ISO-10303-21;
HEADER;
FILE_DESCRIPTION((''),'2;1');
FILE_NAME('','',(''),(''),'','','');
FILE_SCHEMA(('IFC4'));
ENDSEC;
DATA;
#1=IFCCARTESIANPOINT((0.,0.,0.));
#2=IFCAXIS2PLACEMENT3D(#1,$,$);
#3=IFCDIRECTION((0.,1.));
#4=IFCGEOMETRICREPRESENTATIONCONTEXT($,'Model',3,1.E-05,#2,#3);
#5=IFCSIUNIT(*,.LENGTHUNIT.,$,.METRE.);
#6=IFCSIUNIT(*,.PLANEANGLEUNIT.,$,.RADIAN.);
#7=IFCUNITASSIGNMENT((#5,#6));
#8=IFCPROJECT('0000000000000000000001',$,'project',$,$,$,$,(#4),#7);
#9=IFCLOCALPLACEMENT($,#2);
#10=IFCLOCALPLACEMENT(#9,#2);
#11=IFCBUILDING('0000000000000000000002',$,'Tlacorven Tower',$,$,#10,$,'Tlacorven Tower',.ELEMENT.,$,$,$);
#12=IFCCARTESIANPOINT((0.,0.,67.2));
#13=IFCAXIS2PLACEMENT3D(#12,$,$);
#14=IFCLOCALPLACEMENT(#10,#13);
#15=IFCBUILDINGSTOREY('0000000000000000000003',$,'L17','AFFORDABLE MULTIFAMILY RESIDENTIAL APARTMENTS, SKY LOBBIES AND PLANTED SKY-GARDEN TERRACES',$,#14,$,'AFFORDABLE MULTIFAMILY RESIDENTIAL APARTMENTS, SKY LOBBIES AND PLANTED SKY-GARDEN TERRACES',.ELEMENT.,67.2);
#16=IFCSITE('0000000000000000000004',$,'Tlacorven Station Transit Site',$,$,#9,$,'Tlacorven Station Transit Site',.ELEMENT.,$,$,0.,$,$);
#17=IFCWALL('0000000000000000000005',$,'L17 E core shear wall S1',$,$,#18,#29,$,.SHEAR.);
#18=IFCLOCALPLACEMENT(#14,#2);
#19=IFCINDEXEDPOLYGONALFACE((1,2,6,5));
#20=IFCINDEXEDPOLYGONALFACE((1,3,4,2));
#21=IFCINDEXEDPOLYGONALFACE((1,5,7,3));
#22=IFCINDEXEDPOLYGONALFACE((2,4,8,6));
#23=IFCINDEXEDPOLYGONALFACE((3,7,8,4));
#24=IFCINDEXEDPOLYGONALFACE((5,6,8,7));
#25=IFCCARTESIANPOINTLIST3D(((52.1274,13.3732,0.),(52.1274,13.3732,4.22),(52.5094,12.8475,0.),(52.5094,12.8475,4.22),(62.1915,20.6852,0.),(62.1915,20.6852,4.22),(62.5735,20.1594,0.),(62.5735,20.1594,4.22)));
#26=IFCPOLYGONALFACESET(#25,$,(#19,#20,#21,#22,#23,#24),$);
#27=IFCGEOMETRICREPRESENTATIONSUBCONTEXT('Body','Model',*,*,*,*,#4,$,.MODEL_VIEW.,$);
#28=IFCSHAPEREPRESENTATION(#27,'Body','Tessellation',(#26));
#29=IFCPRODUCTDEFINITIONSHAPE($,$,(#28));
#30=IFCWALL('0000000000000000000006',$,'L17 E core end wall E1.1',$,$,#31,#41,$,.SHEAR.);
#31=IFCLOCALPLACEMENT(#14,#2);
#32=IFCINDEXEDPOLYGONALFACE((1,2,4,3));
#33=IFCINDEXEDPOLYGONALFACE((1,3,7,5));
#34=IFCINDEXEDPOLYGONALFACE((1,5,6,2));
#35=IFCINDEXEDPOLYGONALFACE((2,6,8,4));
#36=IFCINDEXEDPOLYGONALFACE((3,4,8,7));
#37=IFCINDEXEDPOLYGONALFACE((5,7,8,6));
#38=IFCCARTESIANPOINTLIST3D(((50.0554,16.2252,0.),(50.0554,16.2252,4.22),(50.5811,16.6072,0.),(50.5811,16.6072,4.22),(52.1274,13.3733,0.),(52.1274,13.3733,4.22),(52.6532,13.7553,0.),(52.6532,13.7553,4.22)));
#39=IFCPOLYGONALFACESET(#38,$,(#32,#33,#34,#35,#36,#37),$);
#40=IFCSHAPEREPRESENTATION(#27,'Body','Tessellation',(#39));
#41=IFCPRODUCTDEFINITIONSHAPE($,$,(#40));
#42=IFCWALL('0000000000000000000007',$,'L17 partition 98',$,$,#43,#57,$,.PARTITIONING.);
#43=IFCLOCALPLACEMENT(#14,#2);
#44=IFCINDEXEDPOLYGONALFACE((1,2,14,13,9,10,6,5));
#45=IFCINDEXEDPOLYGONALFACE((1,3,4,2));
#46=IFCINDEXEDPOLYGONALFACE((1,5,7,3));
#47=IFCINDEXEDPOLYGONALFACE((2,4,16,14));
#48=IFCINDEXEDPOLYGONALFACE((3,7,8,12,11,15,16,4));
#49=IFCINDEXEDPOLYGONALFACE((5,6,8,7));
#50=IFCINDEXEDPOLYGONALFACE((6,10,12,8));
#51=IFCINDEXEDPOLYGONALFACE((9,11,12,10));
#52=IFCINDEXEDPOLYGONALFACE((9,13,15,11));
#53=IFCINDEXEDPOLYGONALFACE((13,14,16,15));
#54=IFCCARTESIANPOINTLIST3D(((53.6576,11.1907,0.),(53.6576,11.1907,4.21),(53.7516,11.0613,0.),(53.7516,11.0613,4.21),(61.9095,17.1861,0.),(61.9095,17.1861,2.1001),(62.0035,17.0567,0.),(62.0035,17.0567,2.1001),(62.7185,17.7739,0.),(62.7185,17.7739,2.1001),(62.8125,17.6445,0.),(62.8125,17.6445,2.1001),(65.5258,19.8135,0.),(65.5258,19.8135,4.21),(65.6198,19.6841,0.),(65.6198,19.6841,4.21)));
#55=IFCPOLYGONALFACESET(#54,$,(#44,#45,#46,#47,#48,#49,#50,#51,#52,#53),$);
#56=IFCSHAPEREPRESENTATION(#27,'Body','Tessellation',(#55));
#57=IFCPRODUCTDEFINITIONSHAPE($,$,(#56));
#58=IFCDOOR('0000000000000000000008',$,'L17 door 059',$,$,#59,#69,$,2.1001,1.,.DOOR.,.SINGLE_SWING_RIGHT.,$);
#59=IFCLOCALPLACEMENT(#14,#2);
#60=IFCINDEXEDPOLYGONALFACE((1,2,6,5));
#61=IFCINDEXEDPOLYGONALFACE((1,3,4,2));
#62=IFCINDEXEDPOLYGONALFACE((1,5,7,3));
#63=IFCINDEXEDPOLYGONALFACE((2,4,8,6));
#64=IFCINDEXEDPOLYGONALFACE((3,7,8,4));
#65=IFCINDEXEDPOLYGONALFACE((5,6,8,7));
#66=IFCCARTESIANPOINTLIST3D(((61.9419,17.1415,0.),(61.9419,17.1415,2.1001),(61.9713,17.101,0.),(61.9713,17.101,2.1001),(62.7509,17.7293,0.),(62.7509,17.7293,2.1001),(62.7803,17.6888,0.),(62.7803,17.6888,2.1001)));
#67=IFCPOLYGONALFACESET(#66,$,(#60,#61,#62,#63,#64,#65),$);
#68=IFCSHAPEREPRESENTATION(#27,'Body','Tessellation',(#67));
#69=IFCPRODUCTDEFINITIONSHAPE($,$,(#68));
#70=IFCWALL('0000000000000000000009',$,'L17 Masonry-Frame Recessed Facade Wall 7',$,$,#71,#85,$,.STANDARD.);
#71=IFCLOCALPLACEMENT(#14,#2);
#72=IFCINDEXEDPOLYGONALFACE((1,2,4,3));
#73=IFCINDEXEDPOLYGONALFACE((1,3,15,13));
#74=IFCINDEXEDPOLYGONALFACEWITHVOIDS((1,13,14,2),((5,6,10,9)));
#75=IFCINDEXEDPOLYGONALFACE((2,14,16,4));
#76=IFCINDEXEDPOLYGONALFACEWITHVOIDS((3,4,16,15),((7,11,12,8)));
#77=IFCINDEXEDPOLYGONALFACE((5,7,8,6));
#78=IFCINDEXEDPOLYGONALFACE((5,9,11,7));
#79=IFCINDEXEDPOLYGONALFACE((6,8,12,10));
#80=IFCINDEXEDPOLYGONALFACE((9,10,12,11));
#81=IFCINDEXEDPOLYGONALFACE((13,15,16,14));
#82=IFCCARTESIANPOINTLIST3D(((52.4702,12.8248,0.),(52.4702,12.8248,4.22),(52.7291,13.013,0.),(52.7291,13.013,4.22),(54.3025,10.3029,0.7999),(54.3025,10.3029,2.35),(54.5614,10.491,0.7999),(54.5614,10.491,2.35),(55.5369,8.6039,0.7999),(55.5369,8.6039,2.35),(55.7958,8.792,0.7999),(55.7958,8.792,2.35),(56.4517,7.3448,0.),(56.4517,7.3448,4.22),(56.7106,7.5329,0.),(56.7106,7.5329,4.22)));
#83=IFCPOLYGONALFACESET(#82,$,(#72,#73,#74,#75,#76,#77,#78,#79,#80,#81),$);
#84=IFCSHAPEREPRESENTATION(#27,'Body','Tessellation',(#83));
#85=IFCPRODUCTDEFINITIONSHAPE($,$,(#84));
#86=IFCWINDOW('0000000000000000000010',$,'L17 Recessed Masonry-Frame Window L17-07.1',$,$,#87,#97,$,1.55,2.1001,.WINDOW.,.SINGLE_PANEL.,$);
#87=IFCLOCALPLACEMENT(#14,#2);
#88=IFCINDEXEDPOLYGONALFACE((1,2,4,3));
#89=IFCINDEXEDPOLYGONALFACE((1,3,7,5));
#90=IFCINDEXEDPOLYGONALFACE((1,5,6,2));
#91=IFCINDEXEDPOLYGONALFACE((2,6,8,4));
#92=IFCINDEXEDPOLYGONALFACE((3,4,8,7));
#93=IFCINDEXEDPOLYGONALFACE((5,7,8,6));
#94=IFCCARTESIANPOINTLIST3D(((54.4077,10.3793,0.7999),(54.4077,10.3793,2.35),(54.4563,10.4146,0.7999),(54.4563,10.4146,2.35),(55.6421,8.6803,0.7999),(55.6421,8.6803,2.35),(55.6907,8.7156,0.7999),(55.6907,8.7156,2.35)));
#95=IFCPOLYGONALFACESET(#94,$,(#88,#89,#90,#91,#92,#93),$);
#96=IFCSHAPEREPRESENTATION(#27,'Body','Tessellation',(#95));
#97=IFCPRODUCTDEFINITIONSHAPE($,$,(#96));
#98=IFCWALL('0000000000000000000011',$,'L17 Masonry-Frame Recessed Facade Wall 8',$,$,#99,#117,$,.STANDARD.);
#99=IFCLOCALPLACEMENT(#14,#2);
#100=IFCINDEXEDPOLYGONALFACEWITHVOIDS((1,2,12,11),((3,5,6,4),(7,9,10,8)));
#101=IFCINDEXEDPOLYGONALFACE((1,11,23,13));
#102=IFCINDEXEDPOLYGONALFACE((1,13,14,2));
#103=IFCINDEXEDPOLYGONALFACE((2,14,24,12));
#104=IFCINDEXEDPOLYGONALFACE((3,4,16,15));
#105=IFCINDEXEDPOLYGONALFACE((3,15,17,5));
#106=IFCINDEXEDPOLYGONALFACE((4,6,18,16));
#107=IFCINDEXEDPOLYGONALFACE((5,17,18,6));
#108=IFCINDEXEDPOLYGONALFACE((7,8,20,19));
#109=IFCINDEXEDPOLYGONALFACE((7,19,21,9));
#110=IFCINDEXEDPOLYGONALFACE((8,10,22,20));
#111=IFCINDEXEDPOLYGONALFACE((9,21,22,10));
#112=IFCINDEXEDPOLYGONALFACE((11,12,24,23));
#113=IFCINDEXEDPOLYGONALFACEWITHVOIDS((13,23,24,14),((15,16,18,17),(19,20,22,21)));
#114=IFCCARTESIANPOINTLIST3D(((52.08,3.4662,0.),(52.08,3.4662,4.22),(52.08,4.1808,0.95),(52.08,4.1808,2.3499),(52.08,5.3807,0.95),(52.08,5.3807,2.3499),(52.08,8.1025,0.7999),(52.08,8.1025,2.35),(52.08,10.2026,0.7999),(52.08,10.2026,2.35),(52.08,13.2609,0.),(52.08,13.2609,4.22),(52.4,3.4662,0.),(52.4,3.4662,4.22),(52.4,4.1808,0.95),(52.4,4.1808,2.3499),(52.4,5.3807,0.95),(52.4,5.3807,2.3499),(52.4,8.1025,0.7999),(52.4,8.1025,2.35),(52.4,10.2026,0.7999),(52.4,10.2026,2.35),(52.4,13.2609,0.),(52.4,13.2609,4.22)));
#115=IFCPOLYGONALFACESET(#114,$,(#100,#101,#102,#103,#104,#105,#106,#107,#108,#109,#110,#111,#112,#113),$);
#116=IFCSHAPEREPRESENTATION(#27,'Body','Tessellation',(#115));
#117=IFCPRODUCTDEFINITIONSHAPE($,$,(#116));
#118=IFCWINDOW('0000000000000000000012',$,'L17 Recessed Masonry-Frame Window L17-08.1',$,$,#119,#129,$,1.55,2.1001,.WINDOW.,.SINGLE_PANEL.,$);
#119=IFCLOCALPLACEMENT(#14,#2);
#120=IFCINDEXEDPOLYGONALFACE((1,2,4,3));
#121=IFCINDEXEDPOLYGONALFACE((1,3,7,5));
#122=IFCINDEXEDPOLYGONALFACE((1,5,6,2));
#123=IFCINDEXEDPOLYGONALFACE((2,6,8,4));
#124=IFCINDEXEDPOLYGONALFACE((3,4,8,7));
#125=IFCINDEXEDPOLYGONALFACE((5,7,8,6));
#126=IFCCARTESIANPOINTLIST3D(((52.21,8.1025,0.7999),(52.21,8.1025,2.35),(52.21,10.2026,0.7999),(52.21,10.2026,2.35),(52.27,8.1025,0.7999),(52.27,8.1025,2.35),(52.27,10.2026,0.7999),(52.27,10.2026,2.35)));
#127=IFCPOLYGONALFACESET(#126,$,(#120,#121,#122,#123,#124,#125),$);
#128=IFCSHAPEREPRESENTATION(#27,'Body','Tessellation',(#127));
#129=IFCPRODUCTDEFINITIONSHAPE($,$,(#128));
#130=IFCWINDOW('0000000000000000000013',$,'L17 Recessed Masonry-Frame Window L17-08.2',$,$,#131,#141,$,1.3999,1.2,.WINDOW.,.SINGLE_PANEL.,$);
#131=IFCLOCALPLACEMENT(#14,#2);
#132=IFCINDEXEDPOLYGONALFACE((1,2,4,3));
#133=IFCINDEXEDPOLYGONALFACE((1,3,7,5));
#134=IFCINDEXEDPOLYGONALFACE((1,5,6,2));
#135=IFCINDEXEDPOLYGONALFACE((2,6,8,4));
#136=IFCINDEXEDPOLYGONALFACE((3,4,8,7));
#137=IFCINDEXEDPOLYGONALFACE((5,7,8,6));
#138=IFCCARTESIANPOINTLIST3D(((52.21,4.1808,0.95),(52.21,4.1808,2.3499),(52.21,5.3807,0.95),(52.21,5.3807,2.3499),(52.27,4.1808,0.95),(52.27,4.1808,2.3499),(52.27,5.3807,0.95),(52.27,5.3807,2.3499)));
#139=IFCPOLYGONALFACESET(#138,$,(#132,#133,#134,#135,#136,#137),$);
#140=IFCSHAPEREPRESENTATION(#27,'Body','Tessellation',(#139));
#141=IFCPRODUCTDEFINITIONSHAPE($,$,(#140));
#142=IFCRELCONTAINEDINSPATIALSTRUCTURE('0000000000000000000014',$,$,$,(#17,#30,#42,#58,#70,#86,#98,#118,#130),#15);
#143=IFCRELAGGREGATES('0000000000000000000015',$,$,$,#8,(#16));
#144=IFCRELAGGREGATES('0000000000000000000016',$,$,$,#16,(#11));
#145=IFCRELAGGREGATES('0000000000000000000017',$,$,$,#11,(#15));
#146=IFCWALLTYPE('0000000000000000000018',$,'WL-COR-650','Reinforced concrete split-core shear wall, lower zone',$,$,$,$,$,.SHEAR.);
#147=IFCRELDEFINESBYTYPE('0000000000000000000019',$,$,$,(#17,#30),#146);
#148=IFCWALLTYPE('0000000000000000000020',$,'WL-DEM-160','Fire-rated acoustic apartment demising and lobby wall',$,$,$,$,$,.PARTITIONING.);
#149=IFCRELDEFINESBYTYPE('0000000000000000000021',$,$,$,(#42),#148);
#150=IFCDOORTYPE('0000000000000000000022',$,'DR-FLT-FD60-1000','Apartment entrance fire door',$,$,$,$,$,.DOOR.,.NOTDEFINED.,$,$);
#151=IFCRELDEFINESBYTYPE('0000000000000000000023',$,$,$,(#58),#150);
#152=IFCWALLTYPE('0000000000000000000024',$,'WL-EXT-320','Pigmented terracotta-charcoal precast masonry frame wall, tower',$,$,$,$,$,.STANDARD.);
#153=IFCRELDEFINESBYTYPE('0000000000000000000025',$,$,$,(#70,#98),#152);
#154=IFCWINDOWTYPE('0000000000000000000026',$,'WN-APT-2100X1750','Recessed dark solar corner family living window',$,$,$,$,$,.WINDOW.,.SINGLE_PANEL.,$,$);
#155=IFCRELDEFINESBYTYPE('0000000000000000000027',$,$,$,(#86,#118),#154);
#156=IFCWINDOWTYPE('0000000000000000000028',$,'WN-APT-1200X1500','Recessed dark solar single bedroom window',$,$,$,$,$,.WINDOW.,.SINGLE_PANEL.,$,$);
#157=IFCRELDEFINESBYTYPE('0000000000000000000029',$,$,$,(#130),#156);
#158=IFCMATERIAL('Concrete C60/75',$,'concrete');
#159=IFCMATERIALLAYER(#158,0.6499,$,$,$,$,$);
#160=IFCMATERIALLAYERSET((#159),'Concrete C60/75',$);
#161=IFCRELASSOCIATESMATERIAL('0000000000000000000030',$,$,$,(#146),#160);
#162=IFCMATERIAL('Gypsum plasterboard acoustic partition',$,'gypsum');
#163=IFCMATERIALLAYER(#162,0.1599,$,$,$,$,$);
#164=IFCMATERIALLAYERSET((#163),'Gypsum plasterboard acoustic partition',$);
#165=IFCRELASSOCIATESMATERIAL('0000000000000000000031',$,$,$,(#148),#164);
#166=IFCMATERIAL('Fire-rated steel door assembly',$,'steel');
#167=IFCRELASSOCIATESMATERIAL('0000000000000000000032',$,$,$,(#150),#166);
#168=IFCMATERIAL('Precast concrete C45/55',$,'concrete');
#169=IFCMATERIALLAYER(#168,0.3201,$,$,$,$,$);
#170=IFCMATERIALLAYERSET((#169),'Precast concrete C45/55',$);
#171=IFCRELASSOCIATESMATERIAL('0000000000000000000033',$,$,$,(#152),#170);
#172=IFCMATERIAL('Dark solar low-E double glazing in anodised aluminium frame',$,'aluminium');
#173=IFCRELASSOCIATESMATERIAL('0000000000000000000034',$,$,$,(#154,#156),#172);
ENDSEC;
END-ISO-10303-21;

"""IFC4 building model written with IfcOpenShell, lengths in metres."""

from ifc_helpers import new_model, si_unit, direction, frame, frame_2d, origin, place, context, subcontext, project, spatial, rectangle, extrude, source, transform, mapped, material, layer, layer_set, type_object, element, fill, save


model = new_model("IFC4")

# Units and contexts
model_context = context("Model", 3, precision=1e-05, world=origin(), true_north=direction((0.0, 1.0)))
body_context = subcontext(model_context, "Body", "Model", "MODEL_VIEW")
ifc_project = project(units=[si_unit("LENGTHUNIT", "METRE"), si_unit("PLANEANGLEUNIT", "RADIAN")], contexts=[model_context])

# Site, building, storey
site_placement = place(None, origin())
site = spatial("IfcSite", under=ifc_project, at=site_placement, Name="Tlacorven Station Transit Site", LongName="Tlacorven Station Transit Site", CompositionType="ELEMENT", RefElevation=0.0)
building_placement = place(site_placement, origin())
building = spatial("IfcBuilding", under=site, at=building_placement, Name="Tlacorven Tower", LongName="Tlacorven Tower", CompositionType="ELEMENT")
storey_placement = place(building_placement, frame((0.0, 0.0, 67.2)))
storey = spatial("IfcBuildingStorey", under=building, at=storey_placement, Name="L17", Description="AFFORDABLE MULTIFAMILY RESIDENTIAL APARTMENTS, SKY LOBBIES AND PLANTED SKY-GARDEN TERRACES", LongName="AFFORDABLE MULTIFAMILY RESIDENTIAL APARTMENTS, SKY LOBBIES AND PLANTED SKY-GARDEN TERRACES", CompositionType="ELEMENT", Elevation=67.2)

# Walls
ifc_material_1 = material(Name="Concrete C60/75", Category="concrete")
ifc_layer_1 = layer(ifc_material_1, 0.6499)
ifc_layer_set_1 = layer_set([ifc_layer_1], Name="Concrete C60/75")
wall_type_1 = type_object("IfcWallType", Name="WL-COR-650", Description="Reinforced concrete split-core shear wall, lower zone", PredefinedType="SHEAR", material=ifc_layer_set_1)
wall_1_placement = place(storey_placement, frame((52.3184, 13.1104, 0.0), z_axis=(0.0, 0.0, 1.0), x_axis=(0.809019, 0.587782, 0.0)))
element("IfcWall", 1, at=wall_1_placement, inside=storey, type_object=wall_type_1, Name="L17 E core shear wall S1", PredefinedType="SHEAR", context=body_context, shape_type="SweptSolid", body=[
    extrude(rectangle(XDim=12.4399, YDim=0.6499, at=frame_2d((6.22, 0.0))), origin(), (0.0, 0.0, 1.0), 4.22),
])
wall_2_placement = place(storey_placement, frame((52.3904, 13.5642, 0.0), z_axis=(0.0, 0.0, 1.0), x_axis=(-0.587797, 0.809009, 0.0)))
element("IfcWall", 2, at=wall_2_placement, inside=storey, type_object=wall_type_1, Name="L17 E core end wall E1.1", PredefinedType="SHEAR", context=body_context, shape_type="SweptSolid", body=[
    extrude(rectangle(XDim=3.5251, YDim=0.6499, at=frame_2d((1.7627, 0.0))), origin(), (0.0, 0.0, 1.0), 4.22),
])

# Wall, opening, door
ifc_material_2 = material(Name="Gypsum plasterboard acoustic partition", Category="gypsum")
ifc_layer_2 = layer(ifc_material_2, 0.1599)
ifc_layer_set_2 = layer_set([ifc_layer_2], Name="Gypsum plasterboard acoustic partition")
wall_type_2 = type_object("IfcWallType", Name="WL-DEM-160", Description="Fire-rated acoustic apartment demising and lobby wall", PredefinedType="PARTITIONING", material=ifc_layer_set_2)
wall_3_placement = place(storey_placement, frame((53.7046, 11.126, 0.0), z_axis=(0.0, 0.0, 1.0), x_axis=(0.809015, 0.587789, 0.0)))
wall_3 = element("IfcWall", 3, at=wall_3_placement, inside=storey, type_object=wall_type_2, Name="L17 partition 98", PredefinedType="PARTITIONING", context=body_context, shape_type="SweptSolid", body=[
    extrude(rectangle(XDim=14.6699, YDim=0.1599, at=frame_2d((7.335, 0.0))), origin(), (0.0, 0.0, 1.0), 4.21),
])
opening_1_placement = place(wall_3_placement, frame((10.2, 0.0, 0.0)))
opening_1 = element("IfcOpeningElement", 4, at=opening_1_placement, cuts=wall_3, PredefinedType="OPENING", context=body_context, shape_type="SweptSolid", body=[
    extrude(rectangle(XDim=1.0, YDim=2.1001, at=frame_2d((0.5, 1.05))), frame((0.0, 0.0898, 0.0), z_axis=(0.0, -1.0, 0.0), x_axis=(1.0, 0.0, 0.0)), (0.0, 0.0, 1.0), 0.1799),
])
ifc_material_3 = material(Name="Fire-rated steel door assembly", Category="steel")
door_type_1 = type_object("IfcDoorType", Name="DR-FLT-FD60-1000", Description="Apartment entrance fire door", OperationType="NOTDEFINED", PredefinedType="DOOR", material=ifc_material_3)
shared_shape_1 = source(origin(), body_context, "Body", "SweptSolid", [
    extrude(rectangle(XDim=1.0, YDim=2.1001, at=frame_2d((0.5, 1.05))), frame((0.0, 0.0249, 0.0), z_axis=(0.0, -1.0, 0.0), x_axis=(1.0, 0.0, 0.0)), (0.0, 0.0, 1.0), 0.05),
])
door_1_placement = place(opening_1_placement, origin())
door_1 = element("IfcDoor", 5, at=door_1_placement, inside=storey, type_object=door_type_1, Name="L17 door 059", OperationType="SINGLE_SWING_RIGHT", OverallHeight=2.1001, OverallWidth=1.0, PredefinedType="DOOR", context=body_context, shape_type="MappedRepresentation", body=[
    mapped(shared_shape_1, transform((0.0, 0.0, 0.0), scale=1.0)),
])
fill(opening_1, door_1)

# Wall, opening, window
ifc_material_4 = material(Name="Precast concrete C45/55", Category="concrete")
ifc_layer_3 = layer(ifc_material_4, 0.3201)
ifc_layer_set_3 = layer_set([ifc_layer_3], Name="Precast concrete C45/55")
wall_type_3 = type_object("IfcWallType", Name="WL-EXT-320", Description="Pigmented terracotta-charcoal precast masonry frame wall, tower", PredefinedType="STANDARD", material=ifc_layer_set_3)
wall_4_placement = place(storey_placement, frame((56.5811, 7.439, 0.0), z_axis=(0.0, 0.0, 1.0), x_axis=(-0.587786, 0.809017, 0.0)))
wall_4 = element("IfcWall", 6, at=wall_4_placement, inside=storey, type_object=wall_type_3, Name="L17 Masonry-Frame Recessed Facade Wall 7", PredefinedType="STANDARD", context=body_context, shape_type="SweptSolid", body=[
    extrude(rectangle(XDim=6.7737, YDim=0.3201, at=frame_2d((3.3867, 0.0))), origin(), (0.0, 0.0, 1.0), 4.22),
])
opening_2_placement = place(wall_4_placement, frame((1.5562, 0.0, 0.8)))
opening_2 = element("IfcOpeningElement", 7, at=opening_2_placement, cuts=wall_4, PredefinedType="OPENING", context=body_context, shape_type="SweptSolid", body=[
    extrude(rectangle(XDim=2.1001, YDim=1.55, at=frame_2d((1.05, 0.7749))), frame((0.0, 0.1699, 0.0), z_axis=(0.0, -1.0, 0.0), x_axis=(1.0, 0.0, 0.0)), (0.0, 0.0, 1.0), 0.3401),
])
ifc_material_5 = material(Name="Dark solar low-E double glazing in anodised aluminium frame", Category="aluminium")
window_type_1 = type_object("IfcWindowType", Name="WN-APT-2100X1750", Description="Recessed dark solar corner family living window", PartitioningType="SINGLE_PANEL", PredefinedType="WINDOW", material=ifc_material_5)
shared_shape_2 = source(origin(), body_context, "Body", "SweptSolid", [
    extrude(rectangle(XDim=2.1001, YDim=1.55, at=frame_2d((1.05, 0.7749))), frame((0.0, 0.03, 0.0), z_axis=(0.0, -1.0, 0.0), x_axis=(1.0, 0.0, 0.0)), (0.0, 0.0, 1.0), 0.0601),
])
window_1_placement = place(opening_2_placement, origin())
window_1 = element("IfcWindow", 8, at=window_1_placement, inside=storey, type_object=window_type_1, Name="L17 Recessed Masonry-Frame Window L17-07.1", OverallHeight=1.55, OverallWidth=2.1001, PartitioningType="SINGLE_PANEL", PredefinedType="WINDOW", context=body_context, shape_type="MappedRepresentation", body=[
    mapped(shared_shape_2, transform((0.0, 0.0, 0.0), scale=1.0)),
])
fill(opening_2, window_1)

# Wall, openings, windows
wall_5_placement = place(storey_placement, frame((52.24, 13.261, 0.0), z_axis=(0.0, 0.0, 1.0), x_axis=(0.0, -1.0, 0.0)))
wall_5 = element("IfcWall", 9, at=wall_5_placement, inside=storey, type_object=wall_type_3, Name="L17 Masonry-Frame Recessed Facade Wall 8", PredefinedType="STANDARD", context=body_context, shape_type="SweptSolid", body=[
    extrude(rectangle(XDim=9.7947, YDim=0.3201, at=frame_2d((4.8975, 0.0))), origin(), (0.0, 0.0, 1.0), 4.22),
])
opening_3_placement = place(wall_5_placement, frame((3.0583, 0.0, 0.8)))
opening_3 = element("IfcOpeningElement", 10, at=opening_3_placement, cuts=wall_5, PredefinedType="OPENING", context=body_context, shape_type="SweptSolid", body=[
    extrude(rectangle(XDim=2.1001, YDim=1.55, at=frame_2d((1.05, 0.7749))), frame((0.0, 0.1699, 0.0), z_axis=(0.0, -1.0, 0.0), x_axis=(1.0, 0.0, 0.0)), (0.0, 0.0, 1.0), 0.3401),
])
opening_4_placement = place(wall_5_placement, frame((7.8801, 0.0, 0.95)))
opening_4 = element("IfcOpeningElement", 11, at=opening_4_placement, cuts=wall_5, PredefinedType="OPENING", context=body_context, shape_type="SweptSolid", body=[
    extrude(rectangle(XDim=1.2, YDim=1.3999, at=frame_2d((0.6001, 0.7))), frame((0.0, 0.1699, 0.0), z_axis=(0.0, -1.0, 0.0), x_axis=(1.0, 0.0, 0.0)), (0.0, 0.0, 1.0), 0.3401),
])
window_2_placement = place(opening_3_placement, origin())
window_2 = element("IfcWindow", 12, at=window_2_placement, inside=storey, type_object=window_type_1, Name="L17 Recessed Masonry-Frame Window L17-08.1", OverallHeight=1.55, OverallWidth=2.1001, PartitioningType="SINGLE_PANEL", PredefinedType="WINDOW", context=body_context, shape_type="MappedRepresentation", body=[
    mapped(shared_shape_2, transform((0.0, 0.0, 0.0), scale=1.0)),
])
fill(opening_3, window_2)
window_type_2 = type_object("IfcWindowType", Name="WN-APT-1200X1500", Description="Recessed dark solar single bedroom window", PartitioningType="SINGLE_PANEL", PredefinedType="WINDOW", material=ifc_material_5)
shared_shape_3 = source(origin(), body_context, "Body", "SweptSolid", [
    extrude(rectangle(XDim=1.2, YDim=1.3999, at=frame_2d((0.6001, 0.7))), frame((0.0, 0.03, 0.0), z_axis=(0.0, -1.0, 0.0), x_axis=(1.0, 0.0, 0.0)), (0.0, 0.0, 1.0), 0.0601),
])
window_3_placement = place(opening_4_placement, origin())
window_3 = element("IfcWindow", 13, at=window_3_placement, inside=storey, type_object=window_type_2, Name="L17 Recessed Masonry-Frame Window L17-08.2", OverallHeight=1.3999, OverallWidth=1.2, PartitioningType="SINGLE_PANEL", PredefinedType="WINDOW", context=body_context, shape_type="MappedRepresentation", body=[
    mapped(shared_shape_3, transform((0.0, 0.0, 0.0), scale=1.0)),
])
fill(opening_4, window_3)

save(model, "model.ifc")
